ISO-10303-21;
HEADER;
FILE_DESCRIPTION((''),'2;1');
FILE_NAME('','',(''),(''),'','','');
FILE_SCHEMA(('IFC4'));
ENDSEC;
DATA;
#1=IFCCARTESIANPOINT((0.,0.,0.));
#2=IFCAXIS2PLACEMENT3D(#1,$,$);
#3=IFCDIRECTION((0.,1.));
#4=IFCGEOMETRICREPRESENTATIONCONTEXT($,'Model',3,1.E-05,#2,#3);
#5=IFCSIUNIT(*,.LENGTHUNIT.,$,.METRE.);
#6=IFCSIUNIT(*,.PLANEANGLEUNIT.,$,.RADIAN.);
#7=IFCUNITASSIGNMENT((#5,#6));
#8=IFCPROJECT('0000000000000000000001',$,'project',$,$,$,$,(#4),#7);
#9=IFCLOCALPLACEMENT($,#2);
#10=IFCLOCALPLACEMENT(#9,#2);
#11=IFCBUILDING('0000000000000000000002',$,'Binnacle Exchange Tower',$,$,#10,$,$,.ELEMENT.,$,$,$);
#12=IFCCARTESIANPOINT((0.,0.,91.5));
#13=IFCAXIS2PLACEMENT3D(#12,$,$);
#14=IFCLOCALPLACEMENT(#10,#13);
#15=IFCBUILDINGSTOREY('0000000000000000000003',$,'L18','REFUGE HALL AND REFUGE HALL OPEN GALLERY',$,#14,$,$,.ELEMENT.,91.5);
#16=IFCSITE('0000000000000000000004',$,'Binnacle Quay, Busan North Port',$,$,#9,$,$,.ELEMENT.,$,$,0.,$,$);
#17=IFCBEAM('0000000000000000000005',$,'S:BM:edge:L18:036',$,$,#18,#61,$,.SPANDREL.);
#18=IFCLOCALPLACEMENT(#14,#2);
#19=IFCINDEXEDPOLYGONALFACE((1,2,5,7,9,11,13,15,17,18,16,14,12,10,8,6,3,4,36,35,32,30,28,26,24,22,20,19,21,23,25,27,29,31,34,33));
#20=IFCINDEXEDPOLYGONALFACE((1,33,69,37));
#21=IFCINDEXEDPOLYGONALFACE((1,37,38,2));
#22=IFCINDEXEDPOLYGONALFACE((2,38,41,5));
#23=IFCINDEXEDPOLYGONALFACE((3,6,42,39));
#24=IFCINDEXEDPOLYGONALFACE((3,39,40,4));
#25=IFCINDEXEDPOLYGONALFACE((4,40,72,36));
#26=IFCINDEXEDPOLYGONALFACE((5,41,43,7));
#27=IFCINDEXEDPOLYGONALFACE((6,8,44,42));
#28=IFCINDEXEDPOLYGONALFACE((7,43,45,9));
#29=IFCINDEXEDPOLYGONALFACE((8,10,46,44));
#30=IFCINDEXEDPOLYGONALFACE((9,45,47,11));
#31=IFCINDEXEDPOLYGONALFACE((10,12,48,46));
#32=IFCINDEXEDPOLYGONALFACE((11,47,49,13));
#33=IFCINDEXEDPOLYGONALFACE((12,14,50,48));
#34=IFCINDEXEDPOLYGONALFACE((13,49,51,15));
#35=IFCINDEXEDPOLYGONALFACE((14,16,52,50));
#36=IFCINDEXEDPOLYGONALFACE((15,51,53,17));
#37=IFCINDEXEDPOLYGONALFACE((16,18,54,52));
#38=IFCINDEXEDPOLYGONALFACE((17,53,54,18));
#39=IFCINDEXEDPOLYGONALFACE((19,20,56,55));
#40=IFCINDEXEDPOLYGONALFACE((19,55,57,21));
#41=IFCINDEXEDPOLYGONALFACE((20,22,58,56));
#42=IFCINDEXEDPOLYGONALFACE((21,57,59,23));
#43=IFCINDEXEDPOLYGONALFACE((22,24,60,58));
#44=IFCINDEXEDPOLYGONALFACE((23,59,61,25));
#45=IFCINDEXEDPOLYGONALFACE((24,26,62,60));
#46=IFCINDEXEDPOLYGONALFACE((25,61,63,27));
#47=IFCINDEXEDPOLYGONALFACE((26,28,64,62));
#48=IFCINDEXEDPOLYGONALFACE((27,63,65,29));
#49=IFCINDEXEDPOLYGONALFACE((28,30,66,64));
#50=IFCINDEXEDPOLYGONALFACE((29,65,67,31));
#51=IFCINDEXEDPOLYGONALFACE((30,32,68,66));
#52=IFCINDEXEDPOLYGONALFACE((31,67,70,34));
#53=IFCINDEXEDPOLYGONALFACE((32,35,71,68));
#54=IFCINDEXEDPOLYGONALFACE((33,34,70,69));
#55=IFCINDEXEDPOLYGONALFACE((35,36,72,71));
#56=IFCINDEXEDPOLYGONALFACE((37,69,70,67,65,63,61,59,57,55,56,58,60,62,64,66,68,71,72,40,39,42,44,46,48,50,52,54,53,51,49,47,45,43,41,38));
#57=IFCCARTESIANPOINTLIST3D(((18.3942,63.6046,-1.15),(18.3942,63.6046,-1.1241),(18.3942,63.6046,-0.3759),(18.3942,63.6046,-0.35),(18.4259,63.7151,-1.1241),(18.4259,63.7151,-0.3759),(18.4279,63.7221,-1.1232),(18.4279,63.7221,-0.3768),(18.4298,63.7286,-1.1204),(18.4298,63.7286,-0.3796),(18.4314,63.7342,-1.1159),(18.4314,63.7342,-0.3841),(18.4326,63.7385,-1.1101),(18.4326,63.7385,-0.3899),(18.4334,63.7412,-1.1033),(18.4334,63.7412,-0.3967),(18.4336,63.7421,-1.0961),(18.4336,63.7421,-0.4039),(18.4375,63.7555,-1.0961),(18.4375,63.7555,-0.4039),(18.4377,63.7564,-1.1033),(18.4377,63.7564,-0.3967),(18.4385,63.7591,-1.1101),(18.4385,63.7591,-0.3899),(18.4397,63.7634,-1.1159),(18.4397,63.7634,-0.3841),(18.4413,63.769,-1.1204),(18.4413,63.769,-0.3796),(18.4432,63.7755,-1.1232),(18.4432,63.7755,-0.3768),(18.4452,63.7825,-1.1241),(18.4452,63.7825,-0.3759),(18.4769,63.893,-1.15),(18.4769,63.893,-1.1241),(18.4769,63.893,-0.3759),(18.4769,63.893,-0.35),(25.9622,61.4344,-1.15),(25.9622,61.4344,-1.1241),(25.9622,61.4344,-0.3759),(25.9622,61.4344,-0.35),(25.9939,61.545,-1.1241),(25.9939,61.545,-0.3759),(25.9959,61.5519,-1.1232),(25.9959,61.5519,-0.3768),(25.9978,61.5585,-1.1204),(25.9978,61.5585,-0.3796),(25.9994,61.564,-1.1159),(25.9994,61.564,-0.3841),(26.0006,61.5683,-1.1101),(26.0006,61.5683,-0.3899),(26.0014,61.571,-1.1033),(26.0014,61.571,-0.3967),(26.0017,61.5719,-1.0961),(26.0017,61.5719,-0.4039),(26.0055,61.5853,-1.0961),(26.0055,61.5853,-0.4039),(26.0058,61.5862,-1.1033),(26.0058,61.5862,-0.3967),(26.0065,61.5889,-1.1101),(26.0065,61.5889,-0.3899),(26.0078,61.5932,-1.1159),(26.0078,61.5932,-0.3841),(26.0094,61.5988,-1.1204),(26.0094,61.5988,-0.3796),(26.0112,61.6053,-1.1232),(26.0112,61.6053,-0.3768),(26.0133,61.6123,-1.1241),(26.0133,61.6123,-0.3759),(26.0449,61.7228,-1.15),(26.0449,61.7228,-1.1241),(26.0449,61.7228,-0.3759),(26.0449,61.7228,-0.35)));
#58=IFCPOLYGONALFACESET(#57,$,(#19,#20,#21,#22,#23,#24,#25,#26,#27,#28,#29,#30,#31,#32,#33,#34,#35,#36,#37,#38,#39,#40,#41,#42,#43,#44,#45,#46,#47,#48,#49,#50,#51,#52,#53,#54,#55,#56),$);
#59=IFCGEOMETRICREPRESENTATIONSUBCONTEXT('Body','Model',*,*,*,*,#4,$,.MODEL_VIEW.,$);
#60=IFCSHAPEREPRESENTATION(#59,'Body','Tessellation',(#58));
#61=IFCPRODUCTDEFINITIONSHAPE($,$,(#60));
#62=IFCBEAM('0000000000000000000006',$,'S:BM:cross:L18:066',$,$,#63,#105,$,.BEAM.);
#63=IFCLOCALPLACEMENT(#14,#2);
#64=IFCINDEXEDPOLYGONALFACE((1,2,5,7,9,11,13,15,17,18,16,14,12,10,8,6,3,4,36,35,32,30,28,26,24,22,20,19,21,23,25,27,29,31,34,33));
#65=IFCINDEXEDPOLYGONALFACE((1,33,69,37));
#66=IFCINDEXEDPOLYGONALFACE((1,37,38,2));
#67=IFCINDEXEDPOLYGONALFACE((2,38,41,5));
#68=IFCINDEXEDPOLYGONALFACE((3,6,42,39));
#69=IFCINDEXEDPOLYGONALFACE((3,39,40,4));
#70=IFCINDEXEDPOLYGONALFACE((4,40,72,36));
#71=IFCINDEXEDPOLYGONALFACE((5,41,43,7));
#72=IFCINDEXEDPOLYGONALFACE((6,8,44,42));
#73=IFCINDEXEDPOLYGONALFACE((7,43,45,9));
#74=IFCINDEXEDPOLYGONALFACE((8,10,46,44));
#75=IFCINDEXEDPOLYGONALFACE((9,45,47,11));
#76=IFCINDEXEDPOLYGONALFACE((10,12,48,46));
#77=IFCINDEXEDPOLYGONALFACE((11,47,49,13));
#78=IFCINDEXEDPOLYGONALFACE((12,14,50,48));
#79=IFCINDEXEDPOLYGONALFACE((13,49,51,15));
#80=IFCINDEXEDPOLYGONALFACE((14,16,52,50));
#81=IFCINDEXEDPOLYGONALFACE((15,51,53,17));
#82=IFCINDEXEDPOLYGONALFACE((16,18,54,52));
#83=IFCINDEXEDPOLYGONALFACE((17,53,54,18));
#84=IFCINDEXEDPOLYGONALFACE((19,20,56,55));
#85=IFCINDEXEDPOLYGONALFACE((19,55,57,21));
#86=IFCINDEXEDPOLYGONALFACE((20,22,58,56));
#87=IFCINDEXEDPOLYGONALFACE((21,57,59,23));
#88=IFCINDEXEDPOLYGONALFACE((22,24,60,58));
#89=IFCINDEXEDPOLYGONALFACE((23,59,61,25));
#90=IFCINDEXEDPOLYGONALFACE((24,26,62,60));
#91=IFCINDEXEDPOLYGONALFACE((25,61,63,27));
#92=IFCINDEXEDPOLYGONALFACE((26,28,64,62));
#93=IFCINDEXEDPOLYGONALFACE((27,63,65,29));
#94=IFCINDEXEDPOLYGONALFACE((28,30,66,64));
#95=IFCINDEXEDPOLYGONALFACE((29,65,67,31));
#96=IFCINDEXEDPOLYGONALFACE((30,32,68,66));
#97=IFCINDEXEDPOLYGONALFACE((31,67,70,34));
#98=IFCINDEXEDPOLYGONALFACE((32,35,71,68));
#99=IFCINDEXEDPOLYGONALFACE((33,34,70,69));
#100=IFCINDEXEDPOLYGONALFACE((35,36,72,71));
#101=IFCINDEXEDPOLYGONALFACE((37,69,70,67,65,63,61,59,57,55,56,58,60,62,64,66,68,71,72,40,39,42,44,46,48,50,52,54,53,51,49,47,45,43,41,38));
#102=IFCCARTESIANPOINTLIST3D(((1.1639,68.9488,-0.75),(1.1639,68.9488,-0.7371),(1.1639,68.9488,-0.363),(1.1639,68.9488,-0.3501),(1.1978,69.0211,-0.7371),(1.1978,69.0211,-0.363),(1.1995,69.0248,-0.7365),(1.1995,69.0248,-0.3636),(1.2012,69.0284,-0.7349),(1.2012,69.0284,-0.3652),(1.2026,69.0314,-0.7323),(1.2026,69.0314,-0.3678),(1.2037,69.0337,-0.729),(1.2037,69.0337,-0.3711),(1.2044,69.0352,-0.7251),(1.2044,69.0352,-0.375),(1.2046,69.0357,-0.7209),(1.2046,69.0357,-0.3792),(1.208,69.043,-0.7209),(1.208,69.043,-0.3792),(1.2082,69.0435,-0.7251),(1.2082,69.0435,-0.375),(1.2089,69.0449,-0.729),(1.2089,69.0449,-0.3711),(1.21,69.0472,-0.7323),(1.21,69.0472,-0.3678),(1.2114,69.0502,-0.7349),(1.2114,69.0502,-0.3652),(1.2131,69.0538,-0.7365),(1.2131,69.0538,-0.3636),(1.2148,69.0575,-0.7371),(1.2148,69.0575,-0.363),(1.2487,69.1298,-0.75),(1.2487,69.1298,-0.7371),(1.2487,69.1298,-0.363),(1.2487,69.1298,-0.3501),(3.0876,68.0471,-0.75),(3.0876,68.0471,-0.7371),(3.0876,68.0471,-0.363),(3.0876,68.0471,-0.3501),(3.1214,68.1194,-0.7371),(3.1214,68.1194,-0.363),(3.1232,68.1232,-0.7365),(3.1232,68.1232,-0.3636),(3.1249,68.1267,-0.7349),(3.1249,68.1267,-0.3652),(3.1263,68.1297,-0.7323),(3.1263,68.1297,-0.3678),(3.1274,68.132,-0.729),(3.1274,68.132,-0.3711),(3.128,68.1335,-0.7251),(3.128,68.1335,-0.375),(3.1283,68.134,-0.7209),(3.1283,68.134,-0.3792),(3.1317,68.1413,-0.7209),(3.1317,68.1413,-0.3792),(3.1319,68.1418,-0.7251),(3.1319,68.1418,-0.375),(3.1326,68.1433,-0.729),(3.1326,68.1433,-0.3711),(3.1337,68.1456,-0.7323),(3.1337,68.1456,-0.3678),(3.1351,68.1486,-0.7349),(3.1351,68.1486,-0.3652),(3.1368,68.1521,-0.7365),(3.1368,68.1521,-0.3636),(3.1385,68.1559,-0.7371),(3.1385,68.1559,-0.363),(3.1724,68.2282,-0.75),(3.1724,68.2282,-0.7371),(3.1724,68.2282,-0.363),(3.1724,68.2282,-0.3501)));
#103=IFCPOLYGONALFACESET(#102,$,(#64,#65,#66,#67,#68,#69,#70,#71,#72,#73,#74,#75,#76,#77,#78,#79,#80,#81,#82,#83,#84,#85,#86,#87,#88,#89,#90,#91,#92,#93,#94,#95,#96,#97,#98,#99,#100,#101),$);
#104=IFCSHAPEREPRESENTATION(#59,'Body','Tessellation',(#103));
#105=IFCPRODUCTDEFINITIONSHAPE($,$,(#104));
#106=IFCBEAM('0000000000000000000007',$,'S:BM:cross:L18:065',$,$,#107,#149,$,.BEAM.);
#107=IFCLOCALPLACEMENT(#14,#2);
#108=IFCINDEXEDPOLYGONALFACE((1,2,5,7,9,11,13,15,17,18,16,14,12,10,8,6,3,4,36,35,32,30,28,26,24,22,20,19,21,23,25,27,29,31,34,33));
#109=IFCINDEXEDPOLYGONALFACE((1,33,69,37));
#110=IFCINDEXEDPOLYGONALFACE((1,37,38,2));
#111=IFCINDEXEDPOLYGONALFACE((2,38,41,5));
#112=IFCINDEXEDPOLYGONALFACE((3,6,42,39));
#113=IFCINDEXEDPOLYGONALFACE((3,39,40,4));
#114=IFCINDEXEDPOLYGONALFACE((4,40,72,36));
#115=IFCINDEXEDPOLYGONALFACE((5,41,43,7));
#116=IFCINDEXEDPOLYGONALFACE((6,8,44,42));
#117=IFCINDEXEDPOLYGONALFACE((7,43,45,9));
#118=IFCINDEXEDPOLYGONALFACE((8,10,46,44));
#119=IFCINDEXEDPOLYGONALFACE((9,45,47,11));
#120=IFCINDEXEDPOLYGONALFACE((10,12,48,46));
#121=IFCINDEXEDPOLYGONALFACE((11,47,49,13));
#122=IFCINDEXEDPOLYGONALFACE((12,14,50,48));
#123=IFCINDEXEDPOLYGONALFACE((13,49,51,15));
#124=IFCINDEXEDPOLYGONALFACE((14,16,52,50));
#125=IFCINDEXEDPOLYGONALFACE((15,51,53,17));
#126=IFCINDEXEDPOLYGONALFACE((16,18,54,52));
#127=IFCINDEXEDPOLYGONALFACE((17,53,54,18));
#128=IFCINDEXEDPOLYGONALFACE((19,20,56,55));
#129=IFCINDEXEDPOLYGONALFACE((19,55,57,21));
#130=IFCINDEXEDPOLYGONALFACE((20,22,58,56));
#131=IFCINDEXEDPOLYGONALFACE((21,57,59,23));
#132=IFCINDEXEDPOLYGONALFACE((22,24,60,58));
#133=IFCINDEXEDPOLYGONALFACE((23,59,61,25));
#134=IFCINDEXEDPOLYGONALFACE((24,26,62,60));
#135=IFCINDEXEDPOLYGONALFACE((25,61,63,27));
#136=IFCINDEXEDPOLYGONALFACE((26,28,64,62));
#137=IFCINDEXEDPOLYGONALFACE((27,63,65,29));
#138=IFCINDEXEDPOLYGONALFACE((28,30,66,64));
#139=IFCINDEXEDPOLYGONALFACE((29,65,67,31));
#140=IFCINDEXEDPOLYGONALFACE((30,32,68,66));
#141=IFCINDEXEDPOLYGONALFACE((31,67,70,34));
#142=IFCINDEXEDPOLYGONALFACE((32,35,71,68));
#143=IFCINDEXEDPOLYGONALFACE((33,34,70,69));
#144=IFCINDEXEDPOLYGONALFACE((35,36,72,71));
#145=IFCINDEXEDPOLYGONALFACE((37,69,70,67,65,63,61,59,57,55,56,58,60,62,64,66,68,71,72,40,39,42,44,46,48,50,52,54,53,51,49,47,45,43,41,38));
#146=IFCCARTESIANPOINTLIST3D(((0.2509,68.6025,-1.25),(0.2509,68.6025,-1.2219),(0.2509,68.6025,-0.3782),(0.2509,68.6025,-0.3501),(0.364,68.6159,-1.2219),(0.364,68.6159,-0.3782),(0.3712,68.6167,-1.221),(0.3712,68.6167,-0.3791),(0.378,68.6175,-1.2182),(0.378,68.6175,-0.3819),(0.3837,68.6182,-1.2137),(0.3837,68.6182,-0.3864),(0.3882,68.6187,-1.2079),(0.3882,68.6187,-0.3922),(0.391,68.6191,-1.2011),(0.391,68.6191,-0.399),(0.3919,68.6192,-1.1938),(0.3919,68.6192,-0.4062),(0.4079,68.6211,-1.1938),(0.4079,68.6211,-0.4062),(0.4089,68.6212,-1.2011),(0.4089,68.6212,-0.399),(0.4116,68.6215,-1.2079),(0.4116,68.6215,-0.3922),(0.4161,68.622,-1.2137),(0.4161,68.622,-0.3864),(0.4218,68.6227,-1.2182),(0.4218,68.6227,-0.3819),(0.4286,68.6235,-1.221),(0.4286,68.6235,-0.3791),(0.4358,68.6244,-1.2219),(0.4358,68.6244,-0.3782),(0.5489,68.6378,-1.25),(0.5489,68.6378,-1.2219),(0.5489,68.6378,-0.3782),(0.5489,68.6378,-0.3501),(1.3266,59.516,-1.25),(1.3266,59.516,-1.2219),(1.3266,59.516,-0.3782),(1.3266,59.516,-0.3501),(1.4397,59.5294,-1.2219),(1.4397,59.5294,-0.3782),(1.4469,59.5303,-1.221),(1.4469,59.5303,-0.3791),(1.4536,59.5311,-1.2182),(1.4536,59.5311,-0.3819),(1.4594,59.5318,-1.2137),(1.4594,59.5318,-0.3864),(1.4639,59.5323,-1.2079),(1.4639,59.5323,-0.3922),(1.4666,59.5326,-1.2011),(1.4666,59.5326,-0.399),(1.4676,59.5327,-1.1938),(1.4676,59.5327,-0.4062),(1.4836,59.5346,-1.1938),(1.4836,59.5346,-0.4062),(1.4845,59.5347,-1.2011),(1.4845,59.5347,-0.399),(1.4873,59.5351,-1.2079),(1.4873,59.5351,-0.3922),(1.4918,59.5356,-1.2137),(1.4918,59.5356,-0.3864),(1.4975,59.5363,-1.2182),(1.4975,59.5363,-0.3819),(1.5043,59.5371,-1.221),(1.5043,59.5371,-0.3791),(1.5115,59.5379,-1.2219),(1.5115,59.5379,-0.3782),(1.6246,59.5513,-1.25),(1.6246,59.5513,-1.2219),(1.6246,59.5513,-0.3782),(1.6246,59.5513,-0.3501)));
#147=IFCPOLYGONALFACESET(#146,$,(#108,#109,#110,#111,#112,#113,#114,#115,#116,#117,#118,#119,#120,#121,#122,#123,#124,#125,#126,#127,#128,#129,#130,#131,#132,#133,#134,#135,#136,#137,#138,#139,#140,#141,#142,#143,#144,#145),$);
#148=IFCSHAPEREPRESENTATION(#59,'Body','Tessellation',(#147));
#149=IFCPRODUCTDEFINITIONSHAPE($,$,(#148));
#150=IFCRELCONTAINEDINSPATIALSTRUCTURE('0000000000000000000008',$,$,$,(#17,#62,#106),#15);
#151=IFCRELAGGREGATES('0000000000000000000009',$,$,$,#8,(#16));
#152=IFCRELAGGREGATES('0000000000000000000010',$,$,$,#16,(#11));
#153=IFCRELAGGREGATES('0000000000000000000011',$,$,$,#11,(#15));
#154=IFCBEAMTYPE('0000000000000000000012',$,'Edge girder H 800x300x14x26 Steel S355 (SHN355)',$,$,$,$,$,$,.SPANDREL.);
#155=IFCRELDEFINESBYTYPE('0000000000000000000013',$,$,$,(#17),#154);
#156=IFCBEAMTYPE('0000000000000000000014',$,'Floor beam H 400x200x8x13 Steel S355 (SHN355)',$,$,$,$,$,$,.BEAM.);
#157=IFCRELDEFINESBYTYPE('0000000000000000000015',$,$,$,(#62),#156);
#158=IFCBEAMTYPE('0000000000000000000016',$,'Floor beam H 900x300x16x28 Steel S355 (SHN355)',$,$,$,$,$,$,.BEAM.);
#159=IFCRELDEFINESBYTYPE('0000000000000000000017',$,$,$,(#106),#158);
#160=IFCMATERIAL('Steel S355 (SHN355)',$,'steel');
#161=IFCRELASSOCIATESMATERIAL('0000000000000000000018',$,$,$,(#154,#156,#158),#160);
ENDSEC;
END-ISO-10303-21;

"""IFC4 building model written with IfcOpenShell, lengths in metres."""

from ifc_helpers import new_model, si_unit, direction, frame, origin, origin_2d, place, context, subcontext, project, spatial, i_section, extrude, material, material_profile, profile_set, type_object, element, save


model = new_model("IFC4")

# Units and contexts
model_context = context("Model", 3, precision=1e-05, world=origin(), true_north=direction((0.0, 1.0)))
body_context = subcontext(model_context, "Body", "Model", "MODEL_VIEW")
ifc_project = project(units=[si_unit("LENGTHUNIT", "METRE"), si_unit("PLANEANGLEUNIT", "RADIAN")], contexts=[model_context])

# Site, building, storey
site_placement = place(None, origin())
site = spatial("IfcSite", under=ifc_project, at=site_placement, Name="Binnacle Quay, Busan North Port", CompositionType="ELEMENT", RefElevation=0.0)
building_placement = place(site_placement, origin())
building = spatial("IfcBuilding", under=site, at=building_placement, Name="Binnacle Exchange Tower", CompositionType="ELEMENT")
storey_placement = place(building_placement, frame((0.0, 0.0, 91.5)))
storey = spatial("IfcBuildingStorey", under=building, at=storey_placement, Name="L18", Description="REFUGE HALL AND REFUGE HALL OPEN GALLERY", CompositionType="ELEMENT", Elevation=91.5)

# Beams
ifc_material_1 = material(Name="Steel S355 (SHN355)", Category="steel")
ifc_material_profile_1 = material_profile(ifc_material_1, i_section(OverallWidth=0.3, OverallDepth=0.8, WebThickness=0.0139, FlangeThickness=0.0259, FilletRadius=0.0281, at=origin_2d()), Name="H 800x300x14x26")
ifc_profile_set_1 = profile_set([ifc_material_profile_1], Name="Steel S355 (SHN355)")
beam_type_1 = type_object("IfcBeamType", Name="Edge girder H 800x300x14x26 Steel S355 (SHN355)", PredefinedType="SPANDREL", material=ifc_profile_set_1)
beam_1_placement = place(storey_placement, frame((18.4355, 63.7488, -0.75), z_axis=(0.96126, -0.275643, 0.0), x_axis=(0.275643, 0.96126, 0.0)))
element("IfcBeam", 1, at=beam_1_placement, inside=storey, type_object=beam_type_1, Name="S:BM:edge:L18:036", PredefinedType="SPANDREL", context=body_context, shape_type="SweptSolid", body=[
    extrude(i_section(OverallWidth=0.3, OverallDepth=0.8, WebThickness=0.0139, FlangeThickness=0.0259, FilletRadius=0.0281, at=origin_2d()), origin(), (0.0, 0.0, 1.0), 7.873),
])
ifc_material_profile_2 = material_profile(ifc_material_1, i_section(OverallWidth=0.2, OverallDepth=0.3999, WebThickness=0.0081, FlangeThickness=0.0129, FilletRadius=0.0161, at=origin_2d()), Name="H 400x200x8x13")
ifc_profile_set_2 = profile_set([ifc_material_profile_2], Name="Steel S355 (SHN355)")
beam_type_2 = type_object("IfcBeamType", Name="Floor beam H 400x200x8x13 Steel S355 (SHN355)", PredefinedType="BEAM", material=ifc_profile_set_2)
beam_2_placement = place(storey_placement, frame((1.2063, 69.0393, -0.55), z_axis=(0.905471, -0.424407, 0.0), x_axis=(0.424407, 0.905471, 0.0)))
element("IfcBeam", 2, at=beam_2_placement, inside=storey, type_object=beam_type_2, Name="S:BM:cross:L18:066", PredefinedType="BEAM", context=body_context, shape_type="SweptSolid", body=[
    extrude(i_section(OverallWidth=0.2, OverallDepth=0.3999, WebThickness=0.0081, FlangeThickness=0.0129, FilletRadius=0.0161, at=origin_2d()), origin(), (0.0, 0.0, 1.0), 2.1245),
])
ifc_material_profile_3 = material_profile(ifc_material_1, i_section(OverallWidth=0.3, OverallDepth=0.8999, WebThickness=0.0161, FlangeThickness=0.0281, FilletRadius=0.0281, at=origin_2d()), Name="H 900x300x16x28")
ifc_profile_set_3 = profile_set([ifc_material_profile_3], Name="Steel S355 (SHN355)")
beam_type_3 = type_object("IfcBeamType", Name="Floor beam H 900x300x16x28 Steel S355 (SHN355)", PredefinedType="BEAM", material=ifc_profile_set_3)
beam_3_placement = place(storey_placement, frame((0.3999, 68.6201, -0.8), z_axis=(0.117563, -0.993065, 0.0), x_axis=(0.993065, 0.117563, 0.0)))
element("IfcBeam", 3, at=beam_3_placement, inside=storey, type_object=beam_type_3, Name="S:BM:cross:L18:065", PredefinedType="BEAM", context=body_context, shape_type="SweptSolid", body=[
    extrude(i_section(OverallWidth=0.3, OverallDepth=0.8999, WebThickness=0.0161, FlangeThickness=0.0281, FilletRadius=0.0281, at=origin_2d()), origin(), (0.0, 0.0, 1.0), 9.1499),
])

save(model, "model.ifc")
